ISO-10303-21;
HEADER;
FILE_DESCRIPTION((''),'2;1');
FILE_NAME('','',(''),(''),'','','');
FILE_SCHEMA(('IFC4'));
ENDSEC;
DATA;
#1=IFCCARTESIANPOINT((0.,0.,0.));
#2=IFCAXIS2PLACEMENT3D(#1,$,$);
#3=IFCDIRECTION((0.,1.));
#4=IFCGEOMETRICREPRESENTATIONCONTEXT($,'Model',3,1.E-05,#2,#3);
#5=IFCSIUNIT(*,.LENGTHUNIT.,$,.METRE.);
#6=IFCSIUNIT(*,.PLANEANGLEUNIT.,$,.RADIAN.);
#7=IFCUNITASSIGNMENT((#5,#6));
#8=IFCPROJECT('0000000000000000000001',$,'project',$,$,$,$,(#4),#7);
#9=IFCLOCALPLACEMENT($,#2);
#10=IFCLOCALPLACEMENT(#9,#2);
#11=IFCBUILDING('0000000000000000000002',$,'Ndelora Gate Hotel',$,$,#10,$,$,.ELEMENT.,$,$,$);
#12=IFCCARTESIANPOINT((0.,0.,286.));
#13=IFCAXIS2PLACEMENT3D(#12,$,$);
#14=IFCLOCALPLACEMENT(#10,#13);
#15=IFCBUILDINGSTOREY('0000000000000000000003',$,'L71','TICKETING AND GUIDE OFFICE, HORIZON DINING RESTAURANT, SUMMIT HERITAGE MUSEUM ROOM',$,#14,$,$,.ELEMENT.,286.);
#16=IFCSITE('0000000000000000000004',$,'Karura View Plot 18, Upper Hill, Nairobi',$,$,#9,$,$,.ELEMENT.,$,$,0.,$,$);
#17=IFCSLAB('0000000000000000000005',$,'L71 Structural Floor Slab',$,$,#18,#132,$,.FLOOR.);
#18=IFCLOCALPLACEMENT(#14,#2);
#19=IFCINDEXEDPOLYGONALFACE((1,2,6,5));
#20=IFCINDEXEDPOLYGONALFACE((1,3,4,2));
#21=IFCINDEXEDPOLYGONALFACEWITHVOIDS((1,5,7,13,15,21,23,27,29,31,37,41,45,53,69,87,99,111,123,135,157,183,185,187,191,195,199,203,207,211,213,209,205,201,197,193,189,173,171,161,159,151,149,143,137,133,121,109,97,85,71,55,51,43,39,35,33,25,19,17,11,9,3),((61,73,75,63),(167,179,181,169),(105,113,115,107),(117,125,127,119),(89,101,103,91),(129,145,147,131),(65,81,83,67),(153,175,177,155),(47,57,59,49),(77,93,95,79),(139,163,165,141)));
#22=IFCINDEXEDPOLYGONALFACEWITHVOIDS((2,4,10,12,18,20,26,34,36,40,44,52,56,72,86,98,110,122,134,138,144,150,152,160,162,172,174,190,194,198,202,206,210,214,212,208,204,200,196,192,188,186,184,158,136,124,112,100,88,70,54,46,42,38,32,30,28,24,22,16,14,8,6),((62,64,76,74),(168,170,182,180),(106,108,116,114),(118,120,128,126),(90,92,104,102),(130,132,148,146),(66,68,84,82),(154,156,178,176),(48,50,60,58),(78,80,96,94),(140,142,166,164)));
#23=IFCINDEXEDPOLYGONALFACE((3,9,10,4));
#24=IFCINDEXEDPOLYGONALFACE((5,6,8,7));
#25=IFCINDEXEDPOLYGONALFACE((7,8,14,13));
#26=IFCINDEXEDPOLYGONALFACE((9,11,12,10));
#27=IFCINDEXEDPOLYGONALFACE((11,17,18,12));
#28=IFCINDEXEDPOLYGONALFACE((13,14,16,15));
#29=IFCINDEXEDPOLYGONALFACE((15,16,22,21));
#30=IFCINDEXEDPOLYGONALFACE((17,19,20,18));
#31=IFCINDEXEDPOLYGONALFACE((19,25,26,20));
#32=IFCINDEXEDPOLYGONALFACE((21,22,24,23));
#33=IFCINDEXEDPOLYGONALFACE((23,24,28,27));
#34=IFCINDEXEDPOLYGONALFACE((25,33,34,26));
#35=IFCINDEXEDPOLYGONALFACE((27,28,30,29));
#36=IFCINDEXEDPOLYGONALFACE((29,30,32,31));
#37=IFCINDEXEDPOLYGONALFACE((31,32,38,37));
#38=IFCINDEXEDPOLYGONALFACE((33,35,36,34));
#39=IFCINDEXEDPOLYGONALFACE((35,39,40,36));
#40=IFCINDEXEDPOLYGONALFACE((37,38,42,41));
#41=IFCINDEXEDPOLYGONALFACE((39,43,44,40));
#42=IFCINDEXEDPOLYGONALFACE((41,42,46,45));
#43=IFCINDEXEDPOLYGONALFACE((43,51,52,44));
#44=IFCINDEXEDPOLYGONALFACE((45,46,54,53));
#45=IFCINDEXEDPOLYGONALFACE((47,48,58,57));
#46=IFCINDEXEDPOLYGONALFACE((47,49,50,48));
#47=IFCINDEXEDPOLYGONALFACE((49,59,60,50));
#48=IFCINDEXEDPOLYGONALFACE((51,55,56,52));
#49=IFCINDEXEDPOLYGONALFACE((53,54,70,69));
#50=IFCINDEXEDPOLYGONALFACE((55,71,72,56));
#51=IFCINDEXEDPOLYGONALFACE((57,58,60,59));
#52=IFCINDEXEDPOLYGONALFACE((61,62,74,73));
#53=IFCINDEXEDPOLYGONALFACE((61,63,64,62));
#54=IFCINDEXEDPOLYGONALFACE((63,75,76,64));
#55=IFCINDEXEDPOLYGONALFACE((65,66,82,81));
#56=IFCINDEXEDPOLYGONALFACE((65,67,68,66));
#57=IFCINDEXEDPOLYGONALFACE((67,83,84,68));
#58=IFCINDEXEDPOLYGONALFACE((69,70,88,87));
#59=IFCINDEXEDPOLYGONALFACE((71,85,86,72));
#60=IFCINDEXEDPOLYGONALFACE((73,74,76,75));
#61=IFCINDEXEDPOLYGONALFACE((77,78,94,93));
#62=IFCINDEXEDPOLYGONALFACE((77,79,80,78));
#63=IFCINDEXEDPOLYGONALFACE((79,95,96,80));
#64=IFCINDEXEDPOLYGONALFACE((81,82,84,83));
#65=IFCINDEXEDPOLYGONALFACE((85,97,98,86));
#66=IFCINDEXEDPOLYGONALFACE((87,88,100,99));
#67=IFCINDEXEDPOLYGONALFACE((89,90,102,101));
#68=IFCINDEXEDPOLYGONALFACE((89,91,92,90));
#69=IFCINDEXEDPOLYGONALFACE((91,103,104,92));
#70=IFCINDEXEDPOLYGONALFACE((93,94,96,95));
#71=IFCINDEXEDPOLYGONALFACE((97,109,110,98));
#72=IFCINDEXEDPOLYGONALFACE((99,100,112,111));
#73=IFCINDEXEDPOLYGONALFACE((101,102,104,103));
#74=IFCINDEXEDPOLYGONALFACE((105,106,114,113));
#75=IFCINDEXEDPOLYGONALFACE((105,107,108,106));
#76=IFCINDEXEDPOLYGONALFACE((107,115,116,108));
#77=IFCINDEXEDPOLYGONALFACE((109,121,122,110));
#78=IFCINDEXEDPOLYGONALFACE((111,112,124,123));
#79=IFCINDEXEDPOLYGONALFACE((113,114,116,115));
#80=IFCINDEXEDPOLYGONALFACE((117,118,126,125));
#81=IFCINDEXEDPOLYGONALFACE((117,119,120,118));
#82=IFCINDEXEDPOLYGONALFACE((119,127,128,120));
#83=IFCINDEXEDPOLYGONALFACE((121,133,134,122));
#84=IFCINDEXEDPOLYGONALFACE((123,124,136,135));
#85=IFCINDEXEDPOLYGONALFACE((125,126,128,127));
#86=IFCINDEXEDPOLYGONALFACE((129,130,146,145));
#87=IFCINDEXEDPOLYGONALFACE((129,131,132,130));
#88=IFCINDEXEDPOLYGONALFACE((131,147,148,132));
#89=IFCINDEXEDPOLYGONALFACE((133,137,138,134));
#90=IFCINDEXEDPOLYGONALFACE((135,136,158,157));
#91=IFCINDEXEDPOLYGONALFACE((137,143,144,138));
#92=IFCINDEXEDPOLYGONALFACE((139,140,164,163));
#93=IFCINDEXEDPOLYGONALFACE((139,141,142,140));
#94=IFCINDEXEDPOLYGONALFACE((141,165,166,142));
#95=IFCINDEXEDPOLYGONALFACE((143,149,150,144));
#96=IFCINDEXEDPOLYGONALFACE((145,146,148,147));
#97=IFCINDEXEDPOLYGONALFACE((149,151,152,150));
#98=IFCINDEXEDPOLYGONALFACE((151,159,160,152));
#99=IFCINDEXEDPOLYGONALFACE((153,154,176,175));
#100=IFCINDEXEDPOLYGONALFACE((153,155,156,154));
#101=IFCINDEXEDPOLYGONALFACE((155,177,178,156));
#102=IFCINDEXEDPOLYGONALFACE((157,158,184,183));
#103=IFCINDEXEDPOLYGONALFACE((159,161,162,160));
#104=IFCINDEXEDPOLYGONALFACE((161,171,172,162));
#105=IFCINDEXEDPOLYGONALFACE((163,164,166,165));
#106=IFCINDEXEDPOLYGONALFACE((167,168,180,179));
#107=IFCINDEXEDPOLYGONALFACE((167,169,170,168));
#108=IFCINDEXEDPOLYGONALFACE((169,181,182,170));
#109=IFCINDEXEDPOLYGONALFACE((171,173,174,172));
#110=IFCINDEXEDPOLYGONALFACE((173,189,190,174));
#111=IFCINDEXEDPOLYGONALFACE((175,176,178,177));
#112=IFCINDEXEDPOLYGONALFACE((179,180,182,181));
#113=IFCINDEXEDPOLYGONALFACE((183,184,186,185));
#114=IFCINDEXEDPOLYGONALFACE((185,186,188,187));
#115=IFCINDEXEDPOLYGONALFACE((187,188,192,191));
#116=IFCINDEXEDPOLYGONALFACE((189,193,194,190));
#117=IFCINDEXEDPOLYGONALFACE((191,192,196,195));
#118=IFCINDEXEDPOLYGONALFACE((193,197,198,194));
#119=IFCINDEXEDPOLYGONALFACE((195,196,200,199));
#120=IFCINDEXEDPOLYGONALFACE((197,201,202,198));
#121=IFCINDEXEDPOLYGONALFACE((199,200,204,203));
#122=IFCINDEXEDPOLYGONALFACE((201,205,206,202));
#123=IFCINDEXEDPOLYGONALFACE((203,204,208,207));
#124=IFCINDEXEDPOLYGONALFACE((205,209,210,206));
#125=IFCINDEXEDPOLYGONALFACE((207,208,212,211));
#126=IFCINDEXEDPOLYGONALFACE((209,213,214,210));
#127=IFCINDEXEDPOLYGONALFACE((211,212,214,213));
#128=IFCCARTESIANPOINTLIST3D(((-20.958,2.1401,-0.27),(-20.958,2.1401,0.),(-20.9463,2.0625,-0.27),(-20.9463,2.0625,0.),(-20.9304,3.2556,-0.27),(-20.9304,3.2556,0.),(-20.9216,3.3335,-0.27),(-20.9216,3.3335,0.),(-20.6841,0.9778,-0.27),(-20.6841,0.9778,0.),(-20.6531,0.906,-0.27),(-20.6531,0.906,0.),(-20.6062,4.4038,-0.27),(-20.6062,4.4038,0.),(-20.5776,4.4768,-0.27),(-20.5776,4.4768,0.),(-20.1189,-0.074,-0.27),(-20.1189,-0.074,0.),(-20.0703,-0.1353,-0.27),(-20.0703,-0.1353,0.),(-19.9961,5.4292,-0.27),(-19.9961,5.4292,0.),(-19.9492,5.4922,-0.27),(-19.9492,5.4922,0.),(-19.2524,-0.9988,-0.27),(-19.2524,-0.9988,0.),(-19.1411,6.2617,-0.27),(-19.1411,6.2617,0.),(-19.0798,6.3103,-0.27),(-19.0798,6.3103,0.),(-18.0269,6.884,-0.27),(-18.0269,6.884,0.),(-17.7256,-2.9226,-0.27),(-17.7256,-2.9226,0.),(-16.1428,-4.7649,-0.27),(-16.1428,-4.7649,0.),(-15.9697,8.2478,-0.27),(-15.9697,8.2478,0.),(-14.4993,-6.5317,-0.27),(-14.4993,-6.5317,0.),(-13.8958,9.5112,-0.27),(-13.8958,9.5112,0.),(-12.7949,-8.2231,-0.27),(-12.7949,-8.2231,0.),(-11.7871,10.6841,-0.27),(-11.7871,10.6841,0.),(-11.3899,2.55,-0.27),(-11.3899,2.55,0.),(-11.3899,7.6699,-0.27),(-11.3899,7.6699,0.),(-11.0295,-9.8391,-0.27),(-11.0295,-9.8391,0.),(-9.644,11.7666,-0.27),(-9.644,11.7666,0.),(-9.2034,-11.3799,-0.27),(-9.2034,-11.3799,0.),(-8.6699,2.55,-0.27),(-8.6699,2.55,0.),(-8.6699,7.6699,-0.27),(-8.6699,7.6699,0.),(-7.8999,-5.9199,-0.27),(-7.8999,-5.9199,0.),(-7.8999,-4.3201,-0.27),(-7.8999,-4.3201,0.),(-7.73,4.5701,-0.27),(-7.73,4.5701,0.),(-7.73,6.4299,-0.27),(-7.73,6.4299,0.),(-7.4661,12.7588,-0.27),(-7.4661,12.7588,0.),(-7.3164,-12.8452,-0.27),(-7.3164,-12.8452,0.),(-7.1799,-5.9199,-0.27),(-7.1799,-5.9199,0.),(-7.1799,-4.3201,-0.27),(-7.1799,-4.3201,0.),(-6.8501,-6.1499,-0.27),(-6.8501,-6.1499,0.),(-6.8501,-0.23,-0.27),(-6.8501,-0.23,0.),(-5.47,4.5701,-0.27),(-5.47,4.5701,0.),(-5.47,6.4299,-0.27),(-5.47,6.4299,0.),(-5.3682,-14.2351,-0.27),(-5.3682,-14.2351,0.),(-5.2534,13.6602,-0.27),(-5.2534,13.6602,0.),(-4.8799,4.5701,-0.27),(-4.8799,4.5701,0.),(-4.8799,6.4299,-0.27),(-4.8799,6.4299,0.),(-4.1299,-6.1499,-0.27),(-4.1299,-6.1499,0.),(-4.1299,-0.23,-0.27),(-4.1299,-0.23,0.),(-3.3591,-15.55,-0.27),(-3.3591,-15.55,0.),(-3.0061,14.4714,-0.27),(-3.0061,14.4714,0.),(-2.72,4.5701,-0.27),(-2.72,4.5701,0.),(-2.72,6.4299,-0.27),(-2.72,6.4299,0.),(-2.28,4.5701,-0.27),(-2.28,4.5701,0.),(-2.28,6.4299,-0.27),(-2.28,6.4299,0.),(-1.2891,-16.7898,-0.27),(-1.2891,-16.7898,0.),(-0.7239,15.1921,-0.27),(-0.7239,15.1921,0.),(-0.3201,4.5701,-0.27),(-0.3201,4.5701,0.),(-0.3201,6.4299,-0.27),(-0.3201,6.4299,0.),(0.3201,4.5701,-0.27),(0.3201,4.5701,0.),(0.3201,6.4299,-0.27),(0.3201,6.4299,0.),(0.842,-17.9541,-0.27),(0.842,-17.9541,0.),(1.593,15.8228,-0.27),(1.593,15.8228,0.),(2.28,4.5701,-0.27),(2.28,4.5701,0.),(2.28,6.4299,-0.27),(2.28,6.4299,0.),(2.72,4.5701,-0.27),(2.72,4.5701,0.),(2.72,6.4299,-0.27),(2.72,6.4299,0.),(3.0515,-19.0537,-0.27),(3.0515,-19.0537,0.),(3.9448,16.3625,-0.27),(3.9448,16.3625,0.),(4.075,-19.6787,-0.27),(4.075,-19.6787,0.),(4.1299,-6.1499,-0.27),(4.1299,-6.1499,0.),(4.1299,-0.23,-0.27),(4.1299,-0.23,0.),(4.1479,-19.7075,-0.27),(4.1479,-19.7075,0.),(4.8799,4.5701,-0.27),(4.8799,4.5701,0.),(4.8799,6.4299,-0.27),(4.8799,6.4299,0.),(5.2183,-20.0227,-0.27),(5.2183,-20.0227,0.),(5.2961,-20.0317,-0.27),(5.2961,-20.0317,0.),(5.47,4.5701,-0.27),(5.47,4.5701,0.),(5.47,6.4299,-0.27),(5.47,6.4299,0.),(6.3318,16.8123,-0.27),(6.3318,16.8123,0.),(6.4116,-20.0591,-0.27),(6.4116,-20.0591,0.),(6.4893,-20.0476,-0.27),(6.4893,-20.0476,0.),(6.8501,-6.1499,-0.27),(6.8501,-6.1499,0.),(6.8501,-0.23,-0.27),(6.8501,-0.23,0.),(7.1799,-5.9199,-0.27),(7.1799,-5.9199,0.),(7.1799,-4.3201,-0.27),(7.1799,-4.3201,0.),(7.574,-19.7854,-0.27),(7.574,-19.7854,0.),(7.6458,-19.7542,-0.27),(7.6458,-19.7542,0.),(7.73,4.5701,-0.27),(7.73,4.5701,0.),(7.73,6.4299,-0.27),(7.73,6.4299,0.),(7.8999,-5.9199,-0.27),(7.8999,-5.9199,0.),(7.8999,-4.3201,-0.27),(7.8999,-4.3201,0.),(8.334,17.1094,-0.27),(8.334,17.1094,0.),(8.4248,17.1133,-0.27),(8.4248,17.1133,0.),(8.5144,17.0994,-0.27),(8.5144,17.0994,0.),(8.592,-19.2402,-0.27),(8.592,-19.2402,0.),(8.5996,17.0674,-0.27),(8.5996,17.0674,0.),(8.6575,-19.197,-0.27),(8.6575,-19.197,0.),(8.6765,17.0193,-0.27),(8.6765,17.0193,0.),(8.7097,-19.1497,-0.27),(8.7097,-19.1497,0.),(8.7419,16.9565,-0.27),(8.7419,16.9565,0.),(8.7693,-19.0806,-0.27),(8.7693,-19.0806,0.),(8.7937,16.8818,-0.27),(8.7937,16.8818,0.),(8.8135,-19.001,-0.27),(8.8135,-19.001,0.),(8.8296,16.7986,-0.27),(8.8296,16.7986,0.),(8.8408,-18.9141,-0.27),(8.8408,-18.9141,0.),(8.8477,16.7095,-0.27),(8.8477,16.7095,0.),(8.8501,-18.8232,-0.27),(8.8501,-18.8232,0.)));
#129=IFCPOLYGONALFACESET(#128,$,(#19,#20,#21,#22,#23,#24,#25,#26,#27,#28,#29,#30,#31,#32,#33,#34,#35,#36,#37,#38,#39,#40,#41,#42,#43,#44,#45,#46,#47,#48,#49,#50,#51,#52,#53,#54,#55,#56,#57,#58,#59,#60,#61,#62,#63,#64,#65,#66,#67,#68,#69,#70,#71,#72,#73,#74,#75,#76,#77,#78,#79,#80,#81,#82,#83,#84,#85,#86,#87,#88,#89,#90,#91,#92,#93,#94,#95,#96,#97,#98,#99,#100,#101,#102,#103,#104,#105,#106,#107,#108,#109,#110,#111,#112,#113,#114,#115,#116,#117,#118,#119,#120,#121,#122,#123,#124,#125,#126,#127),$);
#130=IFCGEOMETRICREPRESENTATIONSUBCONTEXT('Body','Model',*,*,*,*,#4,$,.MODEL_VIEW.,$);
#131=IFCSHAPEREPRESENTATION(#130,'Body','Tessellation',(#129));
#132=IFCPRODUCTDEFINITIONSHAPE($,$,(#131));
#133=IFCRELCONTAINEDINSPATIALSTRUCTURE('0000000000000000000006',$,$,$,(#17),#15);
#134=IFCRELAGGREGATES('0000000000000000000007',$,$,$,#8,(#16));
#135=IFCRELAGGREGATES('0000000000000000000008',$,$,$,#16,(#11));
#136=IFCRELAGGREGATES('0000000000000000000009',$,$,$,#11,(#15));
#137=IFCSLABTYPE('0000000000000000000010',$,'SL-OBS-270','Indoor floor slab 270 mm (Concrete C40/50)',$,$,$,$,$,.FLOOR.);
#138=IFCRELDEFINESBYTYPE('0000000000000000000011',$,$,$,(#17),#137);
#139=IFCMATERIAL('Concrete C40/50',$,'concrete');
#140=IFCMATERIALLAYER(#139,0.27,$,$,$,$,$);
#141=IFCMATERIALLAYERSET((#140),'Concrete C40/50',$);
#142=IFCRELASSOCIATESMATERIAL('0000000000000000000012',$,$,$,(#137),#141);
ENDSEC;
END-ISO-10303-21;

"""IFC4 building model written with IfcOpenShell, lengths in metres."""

from ifc_helpers import new_model, si_unit, direction, frame, origin, place, context, subcontext, project, spatial, polyline, outline, extrude, material, layer, layer_set, type_object, element, save


model = new_model("IFC4")

# Units and contexts
model_context = context("Model", 3, precision=1e-05, world=origin(), true_north=direction((0.0, 1.0)))
body_context = subcontext(model_context, "Body", "Model", "MODEL_VIEW")
ifc_project = project(units=[si_unit("LENGTHUNIT", "METRE"), si_unit("PLANEANGLEUNIT", "RADIAN")], contexts=[model_context])

# Site, building, storey
site_placement = place(None, origin())
site = spatial("IfcSite", under=ifc_project, at=site_placement, Name="Karura View Plot 18, Upper Hill, Nairobi", CompositionType="ELEMENT", RefElevation=0.0)
building_placement = place(site_placement, origin())
building = spatial("IfcBuilding", under=site, at=building_placement, Name="Ndelora Gate Hotel", CompositionType="ELEMENT")
storey_placement = place(building_placement, frame((0.0, 0.0, 286.0)))
storey = spatial("IfcBuildingStorey", under=building, at=storey_placement, Name="L71", Description="TICKETING AND GUIDE OFFICE, HORIZON DINING RESTAURANT, SUMMIT HERITAGE MUSEUM ROOM", CompositionType="ELEMENT", Elevation=286.0)

# Slab
ifc_material_1 = material(Name="Concrete C40/50", Category="concrete")
ifc_layer_1 = layer(ifc_material_1, 0.27)
ifc_layer_set_1 = layer_set([ifc_layer_1], Name="Concrete C40/50")
slab_type = type_object("IfcSlabType", Name="SL-OBS-270", Description="Indoor floor slab 270 mm (Concrete C40/50)", PredefinedType="FLOOR", material=ifc_layer_set_1)
slab_placement = place(storey_placement, frame((0.0, 0.0, -0.27)))
element("IfcSlab", 1, at=slab_placement, inside=storey, type_object=slab_type, Name="L71 Structural Floor Slab", PredefinedType="FLOOR", context=body_context, shape_type="SweptSolid", body=[
    extrude(outline(polyline([(-18.0269, 6.884), (-19.0798, 6.3103), (-19.1411, 6.2617), (-19.9492, 5.4922), (-19.9961, 5.4292), (-20.5776, 4.4768), (-20.6062, 4.4038), (-20.9216, 3.3335), (-20.9304, 3.2556), (-20.958, 2.1401), (-20.9463, 2.0625), (-20.6841, 0.9778), (-20.6531, 0.906), (-20.1189, -0.074), (-20.0703, -0.1353), (-19.2524, -0.9988), (-17.7256, -2.9226), (-16.1428, -4.7649), (-14.4993, -6.5317), (-12.7949, -8.2231), (-11.0295, -9.8391), (-9.2034, -11.3799), (-7.3164, -12.8452), (-5.3682, -14.2351), (-3.3591, -15.55), (-1.2891, -16.7898), (0.842, -17.9541), (3.0515, -19.0537), (4.075, -19.6787), (4.1479, -19.7075), (5.2183, -20.0227), (5.2961, -20.0317), (6.4116, -20.0591), (6.4893, -20.0476), (7.574, -19.7854), (7.6458, -19.7542), (8.592, -19.2402), (8.6575, -19.197), (8.7097, -19.1497), (8.7693, -19.0806), (8.8135, -19.001), (8.8408, -18.9141), (8.8501, -18.8232), (8.8477, 16.7095), (8.8296, 16.7986), (8.7937, 16.8818), (8.7419, 16.9565), (8.6765, 17.0193), (8.5996, 17.0674), (8.5144, 17.0994), (8.4248, 17.1133), (8.334, 17.1094), (6.3318, 16.8123), (3.9448, 16.3625), (1.593, 15.8228), (-0.7239, 15.1921), (-3.0061, 14.4714), (-5.2534, 13.6602), (-7.4661, 12.7588), (-9.644, 11.7666), (-11.7871, 10.6841), (-13.8958, 9.5112), (-15.9697, 8.2478), (-18.0269, 6.884)]), holes=[polyline([(-6.8501, -0.23), (-6.8501, -6.1499), (-4.1299, -6.1499), (-4.1299, -0.23), (-6.8501, -0.23)]), polyline([(4.1299, -0.23), (4.1299, -6.1499), (6.8501, -6.1499), (6.8501, -0.23), (4.1299, -0.23)]), polyline([(-11.3899, 7.6699), (-11.3899, 2.55), (-8.6699, 2.55), (-8.6699, 7.6699), (-11.3899, 7.6699)]), polyline([(-7.73, 4.5701), (-5.47, 4.5701), (-5.47, 6.4299), (-7.73, 6.4299), (-7.73, 4.5701)]), polyline([(5.47, 4.5701), (7.73, 4.5701), (7.73, 6.4299), (5.47, 6.4299), (5.47, 4.5701)]), polyline([(-4.8799, 4.5701), (-2.72, 4.5701), (-2.72, 6.4299), (-4.8799, 6.4299), (-4.8799, 4.5701)]), polyline([(2.72, 4.5701), (4.8799, 4.5701), (4.8799, 6.4299), (2.72, 6.4299), (2.72, 4.5701)]), polyline([(-2.28, 4.5701), (-0.3201, 4.5701), (-0.3201, 6.4299), (-2.28, 6.4299), (-2.28, 4.5701)]), polyline([(0.3201, 4.5701), (2.28, 4.5701), (2.28, 6.4299), (0.3201, 6.4299), (0.3201, 4.5701)]), polyline([(-7.8999, -5.9199), (-7.1799, -5.9199), (-7.1799, -4.3201), (-7.8999, -4.3201), (-7.8999, -5.9199)]), polyline([(7.1799, -5.9199), (7.8999, -5.9199), (7.8999, -4.3201), (7.1799, -4.3201), (7.1799, -5.9199)])]), origin(), (0.0, 0.0, 1.0), 0.27),
])

save(model, "model.ifc")
